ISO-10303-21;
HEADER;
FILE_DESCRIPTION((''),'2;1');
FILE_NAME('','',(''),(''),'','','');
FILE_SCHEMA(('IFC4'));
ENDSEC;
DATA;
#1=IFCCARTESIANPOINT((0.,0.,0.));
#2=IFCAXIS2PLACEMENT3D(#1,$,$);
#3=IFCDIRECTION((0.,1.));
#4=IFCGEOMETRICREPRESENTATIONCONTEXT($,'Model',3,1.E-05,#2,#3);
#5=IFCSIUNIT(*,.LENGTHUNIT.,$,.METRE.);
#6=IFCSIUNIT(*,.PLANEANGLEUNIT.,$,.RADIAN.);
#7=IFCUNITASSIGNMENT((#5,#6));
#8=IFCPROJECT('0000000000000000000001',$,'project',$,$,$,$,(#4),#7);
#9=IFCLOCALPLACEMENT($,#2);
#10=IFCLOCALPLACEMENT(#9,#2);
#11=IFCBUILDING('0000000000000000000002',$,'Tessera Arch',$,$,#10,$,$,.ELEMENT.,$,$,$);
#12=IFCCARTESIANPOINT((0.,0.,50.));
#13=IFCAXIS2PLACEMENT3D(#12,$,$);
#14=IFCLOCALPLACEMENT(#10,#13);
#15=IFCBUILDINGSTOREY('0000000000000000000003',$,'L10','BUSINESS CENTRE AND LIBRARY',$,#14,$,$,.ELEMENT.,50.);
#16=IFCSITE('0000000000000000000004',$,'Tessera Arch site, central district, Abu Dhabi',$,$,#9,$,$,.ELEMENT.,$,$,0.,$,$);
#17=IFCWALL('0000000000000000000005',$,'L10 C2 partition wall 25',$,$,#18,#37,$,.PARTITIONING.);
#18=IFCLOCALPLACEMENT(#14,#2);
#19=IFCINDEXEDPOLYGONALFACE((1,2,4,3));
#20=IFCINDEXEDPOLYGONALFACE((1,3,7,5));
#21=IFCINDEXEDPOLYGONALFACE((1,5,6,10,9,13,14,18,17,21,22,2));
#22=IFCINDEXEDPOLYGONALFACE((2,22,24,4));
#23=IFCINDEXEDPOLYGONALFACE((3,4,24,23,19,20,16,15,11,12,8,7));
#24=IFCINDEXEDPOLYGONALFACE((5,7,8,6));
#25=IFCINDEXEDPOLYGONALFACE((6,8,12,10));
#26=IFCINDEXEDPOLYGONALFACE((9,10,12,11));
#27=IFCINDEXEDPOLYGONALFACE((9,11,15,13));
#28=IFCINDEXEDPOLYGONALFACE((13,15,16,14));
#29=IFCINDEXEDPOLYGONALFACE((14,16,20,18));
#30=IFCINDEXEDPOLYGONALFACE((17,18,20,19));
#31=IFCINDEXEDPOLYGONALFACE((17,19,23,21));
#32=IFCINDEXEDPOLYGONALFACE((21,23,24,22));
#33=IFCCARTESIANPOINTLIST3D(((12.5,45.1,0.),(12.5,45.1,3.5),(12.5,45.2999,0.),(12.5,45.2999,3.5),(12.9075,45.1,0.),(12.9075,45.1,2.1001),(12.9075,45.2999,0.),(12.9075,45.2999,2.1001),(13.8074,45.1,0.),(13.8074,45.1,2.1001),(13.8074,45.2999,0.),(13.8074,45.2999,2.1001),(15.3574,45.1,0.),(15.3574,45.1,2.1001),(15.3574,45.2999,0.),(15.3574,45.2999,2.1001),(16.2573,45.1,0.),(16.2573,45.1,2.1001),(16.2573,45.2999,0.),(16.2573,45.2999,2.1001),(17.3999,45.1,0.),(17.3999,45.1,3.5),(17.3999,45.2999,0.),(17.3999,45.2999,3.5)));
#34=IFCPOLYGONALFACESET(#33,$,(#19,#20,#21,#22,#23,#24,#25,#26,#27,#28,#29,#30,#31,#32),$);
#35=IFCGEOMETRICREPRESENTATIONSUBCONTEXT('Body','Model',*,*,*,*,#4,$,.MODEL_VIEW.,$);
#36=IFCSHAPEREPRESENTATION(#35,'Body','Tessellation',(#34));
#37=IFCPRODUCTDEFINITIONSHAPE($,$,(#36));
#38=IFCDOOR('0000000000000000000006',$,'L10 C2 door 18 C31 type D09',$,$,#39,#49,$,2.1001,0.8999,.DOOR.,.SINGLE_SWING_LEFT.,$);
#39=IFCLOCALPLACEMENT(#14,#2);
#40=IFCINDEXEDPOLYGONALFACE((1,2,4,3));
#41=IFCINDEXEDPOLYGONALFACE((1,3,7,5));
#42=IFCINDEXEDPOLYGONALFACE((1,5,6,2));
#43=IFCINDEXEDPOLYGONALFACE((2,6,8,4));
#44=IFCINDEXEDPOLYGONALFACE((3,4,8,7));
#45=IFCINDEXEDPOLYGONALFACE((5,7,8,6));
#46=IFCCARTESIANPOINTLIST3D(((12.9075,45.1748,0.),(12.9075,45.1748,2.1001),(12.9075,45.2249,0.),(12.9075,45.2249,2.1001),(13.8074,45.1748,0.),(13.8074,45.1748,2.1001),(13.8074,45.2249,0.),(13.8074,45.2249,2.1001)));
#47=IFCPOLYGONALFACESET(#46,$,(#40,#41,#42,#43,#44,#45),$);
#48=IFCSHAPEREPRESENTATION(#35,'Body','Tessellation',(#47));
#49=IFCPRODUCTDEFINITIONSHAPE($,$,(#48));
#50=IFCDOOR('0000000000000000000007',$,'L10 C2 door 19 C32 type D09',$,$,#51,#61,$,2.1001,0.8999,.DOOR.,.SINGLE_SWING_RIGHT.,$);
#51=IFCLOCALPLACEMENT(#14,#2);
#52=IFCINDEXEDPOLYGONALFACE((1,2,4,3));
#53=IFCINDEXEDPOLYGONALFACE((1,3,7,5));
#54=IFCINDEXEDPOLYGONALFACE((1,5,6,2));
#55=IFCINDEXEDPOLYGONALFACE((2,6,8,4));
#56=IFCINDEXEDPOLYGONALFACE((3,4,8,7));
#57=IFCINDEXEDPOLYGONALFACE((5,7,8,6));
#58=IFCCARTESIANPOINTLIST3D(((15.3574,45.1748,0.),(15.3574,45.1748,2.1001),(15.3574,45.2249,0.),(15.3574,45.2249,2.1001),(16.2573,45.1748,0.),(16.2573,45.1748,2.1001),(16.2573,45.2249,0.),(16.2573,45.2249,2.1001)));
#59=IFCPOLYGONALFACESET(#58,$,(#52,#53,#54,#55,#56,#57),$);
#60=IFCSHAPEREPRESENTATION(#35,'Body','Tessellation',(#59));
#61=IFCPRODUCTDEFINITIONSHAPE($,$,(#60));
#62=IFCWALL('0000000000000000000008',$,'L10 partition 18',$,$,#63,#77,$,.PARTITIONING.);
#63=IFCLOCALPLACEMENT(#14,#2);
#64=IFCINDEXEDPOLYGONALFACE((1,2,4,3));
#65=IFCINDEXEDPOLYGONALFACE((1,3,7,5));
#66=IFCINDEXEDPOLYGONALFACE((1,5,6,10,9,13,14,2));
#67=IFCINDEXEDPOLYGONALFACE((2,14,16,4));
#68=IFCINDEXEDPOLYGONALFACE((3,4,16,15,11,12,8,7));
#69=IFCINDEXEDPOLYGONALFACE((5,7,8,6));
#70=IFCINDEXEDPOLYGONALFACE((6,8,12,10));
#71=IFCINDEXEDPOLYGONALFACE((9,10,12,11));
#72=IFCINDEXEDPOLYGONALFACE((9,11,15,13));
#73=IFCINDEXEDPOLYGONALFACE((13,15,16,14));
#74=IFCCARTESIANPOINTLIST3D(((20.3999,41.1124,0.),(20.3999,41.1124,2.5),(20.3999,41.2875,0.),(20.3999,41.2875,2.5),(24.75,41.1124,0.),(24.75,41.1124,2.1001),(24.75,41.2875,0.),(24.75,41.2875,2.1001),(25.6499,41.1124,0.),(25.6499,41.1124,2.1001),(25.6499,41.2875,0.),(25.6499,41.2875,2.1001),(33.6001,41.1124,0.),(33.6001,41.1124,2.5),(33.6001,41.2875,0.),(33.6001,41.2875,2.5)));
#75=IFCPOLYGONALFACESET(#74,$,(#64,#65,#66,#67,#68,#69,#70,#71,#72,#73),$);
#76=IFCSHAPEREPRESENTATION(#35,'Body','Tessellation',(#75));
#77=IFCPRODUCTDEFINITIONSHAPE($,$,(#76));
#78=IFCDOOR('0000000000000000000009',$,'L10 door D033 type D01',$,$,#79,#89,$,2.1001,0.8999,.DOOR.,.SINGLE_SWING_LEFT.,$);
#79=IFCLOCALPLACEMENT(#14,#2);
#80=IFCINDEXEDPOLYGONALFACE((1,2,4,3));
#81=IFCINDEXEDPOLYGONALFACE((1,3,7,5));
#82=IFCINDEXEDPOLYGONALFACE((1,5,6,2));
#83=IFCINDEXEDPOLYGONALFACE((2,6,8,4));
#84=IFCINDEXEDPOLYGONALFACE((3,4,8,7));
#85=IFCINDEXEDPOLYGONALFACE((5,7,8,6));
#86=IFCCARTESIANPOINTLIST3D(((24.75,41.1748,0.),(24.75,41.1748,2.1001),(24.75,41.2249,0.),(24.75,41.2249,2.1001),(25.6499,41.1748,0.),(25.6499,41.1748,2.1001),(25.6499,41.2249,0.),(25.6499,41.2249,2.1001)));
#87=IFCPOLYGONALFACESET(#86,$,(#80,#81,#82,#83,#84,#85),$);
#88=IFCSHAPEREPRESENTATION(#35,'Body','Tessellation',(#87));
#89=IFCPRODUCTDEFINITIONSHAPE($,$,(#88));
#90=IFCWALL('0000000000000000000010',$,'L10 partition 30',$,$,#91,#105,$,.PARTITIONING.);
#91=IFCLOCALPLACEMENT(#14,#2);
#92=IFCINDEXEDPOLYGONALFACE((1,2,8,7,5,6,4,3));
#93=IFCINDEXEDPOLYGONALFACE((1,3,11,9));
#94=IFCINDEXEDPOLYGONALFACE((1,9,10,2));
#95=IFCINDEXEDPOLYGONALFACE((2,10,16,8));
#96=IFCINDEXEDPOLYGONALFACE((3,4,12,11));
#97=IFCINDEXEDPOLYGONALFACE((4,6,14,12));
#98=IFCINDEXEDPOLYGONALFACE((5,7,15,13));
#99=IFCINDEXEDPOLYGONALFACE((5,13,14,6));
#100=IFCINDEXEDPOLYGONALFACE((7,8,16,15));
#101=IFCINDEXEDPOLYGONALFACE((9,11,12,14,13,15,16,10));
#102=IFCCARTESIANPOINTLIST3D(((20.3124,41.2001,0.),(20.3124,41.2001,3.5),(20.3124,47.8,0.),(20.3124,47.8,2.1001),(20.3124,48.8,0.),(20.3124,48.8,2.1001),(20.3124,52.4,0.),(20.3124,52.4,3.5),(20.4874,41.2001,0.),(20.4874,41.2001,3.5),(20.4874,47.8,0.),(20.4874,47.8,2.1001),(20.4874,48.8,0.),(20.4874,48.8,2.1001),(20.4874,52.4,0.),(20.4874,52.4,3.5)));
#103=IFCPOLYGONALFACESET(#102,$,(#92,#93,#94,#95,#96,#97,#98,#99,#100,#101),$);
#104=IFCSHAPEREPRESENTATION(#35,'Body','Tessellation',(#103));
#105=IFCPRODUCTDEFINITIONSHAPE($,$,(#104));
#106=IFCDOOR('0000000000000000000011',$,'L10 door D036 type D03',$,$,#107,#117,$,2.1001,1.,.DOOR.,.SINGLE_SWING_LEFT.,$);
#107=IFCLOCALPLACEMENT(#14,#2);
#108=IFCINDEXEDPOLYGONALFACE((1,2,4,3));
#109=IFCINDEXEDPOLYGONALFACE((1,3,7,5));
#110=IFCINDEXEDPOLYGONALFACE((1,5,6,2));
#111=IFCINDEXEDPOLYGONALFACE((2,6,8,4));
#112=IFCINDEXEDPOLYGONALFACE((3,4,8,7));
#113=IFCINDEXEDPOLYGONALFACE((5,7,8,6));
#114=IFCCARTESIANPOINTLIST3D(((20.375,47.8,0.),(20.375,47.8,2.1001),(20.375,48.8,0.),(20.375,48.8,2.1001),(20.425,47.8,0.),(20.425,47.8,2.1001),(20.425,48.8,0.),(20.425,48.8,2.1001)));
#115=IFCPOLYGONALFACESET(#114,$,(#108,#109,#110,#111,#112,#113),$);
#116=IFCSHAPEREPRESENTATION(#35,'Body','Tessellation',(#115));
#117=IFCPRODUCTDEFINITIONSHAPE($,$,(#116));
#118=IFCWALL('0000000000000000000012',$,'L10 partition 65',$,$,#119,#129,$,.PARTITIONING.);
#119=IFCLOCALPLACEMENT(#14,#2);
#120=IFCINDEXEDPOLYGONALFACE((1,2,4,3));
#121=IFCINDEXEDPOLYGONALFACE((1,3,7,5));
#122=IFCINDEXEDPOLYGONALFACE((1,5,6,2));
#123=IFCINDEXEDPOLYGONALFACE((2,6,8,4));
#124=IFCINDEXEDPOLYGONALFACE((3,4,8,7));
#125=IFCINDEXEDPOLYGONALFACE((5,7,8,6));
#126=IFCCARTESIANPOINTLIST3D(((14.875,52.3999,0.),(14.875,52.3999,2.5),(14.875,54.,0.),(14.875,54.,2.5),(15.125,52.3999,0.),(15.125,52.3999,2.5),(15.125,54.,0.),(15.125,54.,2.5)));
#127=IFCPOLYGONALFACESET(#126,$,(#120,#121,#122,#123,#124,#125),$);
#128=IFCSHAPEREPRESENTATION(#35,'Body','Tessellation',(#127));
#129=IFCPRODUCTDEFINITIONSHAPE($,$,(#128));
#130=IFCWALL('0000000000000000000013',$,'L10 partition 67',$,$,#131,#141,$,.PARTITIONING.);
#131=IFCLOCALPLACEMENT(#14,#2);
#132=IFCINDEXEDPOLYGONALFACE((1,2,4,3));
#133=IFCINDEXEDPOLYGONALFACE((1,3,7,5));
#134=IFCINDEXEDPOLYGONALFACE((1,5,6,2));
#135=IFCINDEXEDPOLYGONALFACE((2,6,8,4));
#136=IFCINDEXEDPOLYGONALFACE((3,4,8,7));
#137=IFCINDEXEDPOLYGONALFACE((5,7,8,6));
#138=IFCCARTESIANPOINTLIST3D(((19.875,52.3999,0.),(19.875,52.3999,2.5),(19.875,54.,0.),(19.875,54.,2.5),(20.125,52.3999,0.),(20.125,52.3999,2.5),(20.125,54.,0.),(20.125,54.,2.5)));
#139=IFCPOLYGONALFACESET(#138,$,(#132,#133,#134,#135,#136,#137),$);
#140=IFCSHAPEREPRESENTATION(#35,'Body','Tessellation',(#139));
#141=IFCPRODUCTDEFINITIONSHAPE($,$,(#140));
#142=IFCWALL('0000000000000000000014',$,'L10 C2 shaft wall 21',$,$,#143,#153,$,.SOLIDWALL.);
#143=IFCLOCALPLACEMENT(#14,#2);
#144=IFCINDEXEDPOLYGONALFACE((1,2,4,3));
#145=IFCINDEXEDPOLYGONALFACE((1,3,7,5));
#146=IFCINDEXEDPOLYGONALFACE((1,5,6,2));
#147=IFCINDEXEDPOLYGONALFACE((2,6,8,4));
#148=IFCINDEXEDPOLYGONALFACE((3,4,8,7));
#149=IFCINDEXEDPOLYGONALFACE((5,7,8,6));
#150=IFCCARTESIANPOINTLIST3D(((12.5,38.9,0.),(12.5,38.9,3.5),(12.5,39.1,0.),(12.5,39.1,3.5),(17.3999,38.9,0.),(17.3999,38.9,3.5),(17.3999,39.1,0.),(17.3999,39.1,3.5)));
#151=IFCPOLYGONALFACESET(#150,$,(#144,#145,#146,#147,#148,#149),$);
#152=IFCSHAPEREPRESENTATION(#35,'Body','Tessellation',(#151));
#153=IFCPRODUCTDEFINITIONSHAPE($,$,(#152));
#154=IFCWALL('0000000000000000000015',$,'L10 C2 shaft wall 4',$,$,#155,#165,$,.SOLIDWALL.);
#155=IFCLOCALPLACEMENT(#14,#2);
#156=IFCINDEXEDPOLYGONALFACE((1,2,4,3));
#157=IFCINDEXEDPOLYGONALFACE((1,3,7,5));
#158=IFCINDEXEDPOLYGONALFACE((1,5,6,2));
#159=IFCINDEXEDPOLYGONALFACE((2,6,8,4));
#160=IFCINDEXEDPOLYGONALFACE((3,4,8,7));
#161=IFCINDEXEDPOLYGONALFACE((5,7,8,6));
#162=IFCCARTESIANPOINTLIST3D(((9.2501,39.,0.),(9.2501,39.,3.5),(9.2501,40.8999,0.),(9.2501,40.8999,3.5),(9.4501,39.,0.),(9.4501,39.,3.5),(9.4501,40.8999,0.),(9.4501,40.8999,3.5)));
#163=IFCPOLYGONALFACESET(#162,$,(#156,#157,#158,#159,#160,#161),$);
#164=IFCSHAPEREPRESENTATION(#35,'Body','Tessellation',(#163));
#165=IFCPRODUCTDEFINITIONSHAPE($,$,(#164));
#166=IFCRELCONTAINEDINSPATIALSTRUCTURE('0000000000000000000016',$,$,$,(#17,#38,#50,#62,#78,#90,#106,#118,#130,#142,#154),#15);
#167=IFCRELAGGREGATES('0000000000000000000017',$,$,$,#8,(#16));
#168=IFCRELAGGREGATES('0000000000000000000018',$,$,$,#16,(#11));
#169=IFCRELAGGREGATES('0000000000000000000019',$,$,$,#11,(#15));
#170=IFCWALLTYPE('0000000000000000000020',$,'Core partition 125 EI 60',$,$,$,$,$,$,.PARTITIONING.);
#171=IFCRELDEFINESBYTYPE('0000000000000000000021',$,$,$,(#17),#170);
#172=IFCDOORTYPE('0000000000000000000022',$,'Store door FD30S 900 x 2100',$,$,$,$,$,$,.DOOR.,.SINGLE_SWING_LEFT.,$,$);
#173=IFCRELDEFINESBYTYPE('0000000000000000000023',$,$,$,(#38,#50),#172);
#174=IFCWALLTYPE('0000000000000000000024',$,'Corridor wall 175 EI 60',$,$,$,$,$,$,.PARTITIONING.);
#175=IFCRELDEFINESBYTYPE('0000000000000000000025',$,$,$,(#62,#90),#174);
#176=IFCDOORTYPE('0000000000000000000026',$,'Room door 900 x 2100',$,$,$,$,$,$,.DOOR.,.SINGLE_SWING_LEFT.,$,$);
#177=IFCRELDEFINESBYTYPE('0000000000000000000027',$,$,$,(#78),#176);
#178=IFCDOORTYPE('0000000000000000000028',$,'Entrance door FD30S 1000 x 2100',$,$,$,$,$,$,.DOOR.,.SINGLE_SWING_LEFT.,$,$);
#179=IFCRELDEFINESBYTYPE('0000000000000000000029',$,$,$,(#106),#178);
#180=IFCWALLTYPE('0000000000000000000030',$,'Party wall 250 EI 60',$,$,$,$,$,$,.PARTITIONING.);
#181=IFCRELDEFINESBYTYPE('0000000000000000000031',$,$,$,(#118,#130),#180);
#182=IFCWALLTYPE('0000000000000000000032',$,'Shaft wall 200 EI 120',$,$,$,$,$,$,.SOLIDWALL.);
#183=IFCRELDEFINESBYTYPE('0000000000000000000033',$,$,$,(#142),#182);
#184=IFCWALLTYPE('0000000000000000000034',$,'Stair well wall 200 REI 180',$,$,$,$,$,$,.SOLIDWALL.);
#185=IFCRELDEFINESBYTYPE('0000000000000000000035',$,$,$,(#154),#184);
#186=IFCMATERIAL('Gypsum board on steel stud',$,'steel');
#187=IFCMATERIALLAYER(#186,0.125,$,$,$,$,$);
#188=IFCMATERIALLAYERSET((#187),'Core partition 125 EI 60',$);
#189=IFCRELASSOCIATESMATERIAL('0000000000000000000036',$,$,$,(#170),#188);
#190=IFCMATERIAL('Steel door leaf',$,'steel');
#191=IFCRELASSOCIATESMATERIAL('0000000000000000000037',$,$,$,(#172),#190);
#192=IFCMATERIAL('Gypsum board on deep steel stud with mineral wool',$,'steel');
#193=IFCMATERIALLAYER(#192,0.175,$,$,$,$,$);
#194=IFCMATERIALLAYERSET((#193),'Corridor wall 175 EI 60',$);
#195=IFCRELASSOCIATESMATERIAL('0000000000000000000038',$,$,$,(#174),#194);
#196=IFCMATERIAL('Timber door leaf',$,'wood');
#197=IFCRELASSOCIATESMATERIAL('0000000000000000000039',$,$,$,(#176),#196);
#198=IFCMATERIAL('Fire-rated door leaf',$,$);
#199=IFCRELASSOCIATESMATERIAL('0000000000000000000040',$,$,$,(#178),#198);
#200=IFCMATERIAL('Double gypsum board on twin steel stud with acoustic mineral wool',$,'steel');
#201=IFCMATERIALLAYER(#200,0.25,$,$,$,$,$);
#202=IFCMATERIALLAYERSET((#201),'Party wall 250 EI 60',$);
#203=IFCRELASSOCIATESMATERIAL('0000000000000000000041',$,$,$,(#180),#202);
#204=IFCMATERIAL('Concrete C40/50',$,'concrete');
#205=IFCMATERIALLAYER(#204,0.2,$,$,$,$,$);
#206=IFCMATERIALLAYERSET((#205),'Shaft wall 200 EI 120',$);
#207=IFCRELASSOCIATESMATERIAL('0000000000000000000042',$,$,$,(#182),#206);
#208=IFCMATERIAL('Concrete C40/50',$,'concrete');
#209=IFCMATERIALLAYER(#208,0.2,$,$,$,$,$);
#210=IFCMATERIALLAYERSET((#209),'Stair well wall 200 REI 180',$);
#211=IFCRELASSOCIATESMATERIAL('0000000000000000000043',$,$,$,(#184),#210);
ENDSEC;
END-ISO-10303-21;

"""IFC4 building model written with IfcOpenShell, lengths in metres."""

from ifc_helpers import new_model, si_unit, direction, frame, frame_2d, origin, place, context, subcontext, project, spatial, rectangle, extrude, material, layer, layer_set, type_object, element, fill, save


model = new_model("IFC4")

# Units and contexts
model_context = context("Model", 3, precision=1e-05, world=origin(), true_north=direction((0.0, 1.0)))
body_context = subcontext(model_context, "Body", "Model", "MODEL_VIEW")
ifc_project = project(units=[si_unit("LENGTHUNIT", "METRE"), si_unit("PLANEANGLEUNIT", "RADIAN")], contexts=[model_context])

# Site, building, storey
site_placement = place(None, origin())
site = spatial("IfcSite", under=ifc_project, at=site_placement, Name="Tessera Arch site, central district, Abu Dhabi", CompositionType="ELEMENT", RefElevation=0.0)
building_placement = place(site_placement, origin())
building = spatial("IfcBuilding", under=site, at=building_placement, Name="Tessera Arch", CompositionType="ELEMENT")
storey_placement = place(building_placement, frame((0.0, 0.0, 50.0)))
storey = spatial("IfcBuildingStorey", under=building, at=storey_placement, Name="L10", Description="BUSINESS CENTRE AND LIBRARY", CompositionType="ELEMENT", Elevation=50.0)

# Shared definitions
ifc_material_1 = material(Name="Gypsum board on steel stud", Category="steel")
ifc_layer_1 = layer(ifc_material_1, 0.125)
ifc_layer_set_1 = layer_set([ifc_layer_1], Name="Core partition 125 EI 60")
wall_type_1 = type_object("IfcWallType", Name="Core partition 125 EI 60", PredefinedType="PARTITIONING", material=ifc_layer_set_1)

# Wall, openings, doors
wall_1_placement = place(storey_placement, frame((12.5, 45.2, 0.0), z_axis=(0.0, 0.0, 1.0), x_axis=(1.0, 0.0, 0.0)))
wall_1 = element("IfcWall", 1, at=wall_1_placement, inside=storey, type_object=wall_type_1, Name="L10 C2 partition wall 25", PredefinedType="PARTITIONING", context=body_context, shape_type="SweptSolid", body=[
    extrude(rectangle(XDim=4.8999, YDim=0.2, at=frame_2d((2.45, 0.0))), origin(), (0.0, 0.0, 1.0), 3.5),
])
opening_1_placement = place(wall_1_placement, frame((0.4075, 0.0, 0.0)))
opening_1 = element("IfcOpeningElement", 2, at=opening_1_placement, cuts=wall_1, PredefinedType="OPENING", context=body_context, shape_type="SweptSolid", body=[
    extrude(rectangle(XDim=0.8999, YDim=2.1001, at=frame_2d((0.45, 1.05))), frame((0.0, 0.1099, 0.0), z_axis=(0.0, -1.0, 0.0), x_axis=(1.0, 0.0, 0.0)), (0.0, 0.0, 1.0), 0.22),
])
opening_2_placement = place(wall_1_placement, frame((2.8574, 0.0, 0.0)))
opening_2 = element("IfcOpeningElement", 3, at=opening_2_placement, cuts=wall_1, PredefinedType="OPENING", context=body_context, shape_type="SweptSolid", body=[
    extrude(rectangle(XDim=0.8999, YDim=2.1001, at=frame_2d((0.45, 1.05))), frame((0.0, 0.1099, 0.0), z_axis=(0.0, -1.0, 0.0), x_axis=(1.0, 0.0, 0.0)), (0.0, 0.0, 1.0), 0.22),
])
ifc_material_2 = material(Name="Steel door leaf", Category="steel")
door_type_1 = type_object("IfcDoorType", Name="Store door FD30S 900 x 2100", OperationType="SINGLE_SWING_LEFT", PredefinedType="DOOR", material=ifc_material_2)
door_1_placement = place(opening_1_placement, origin())
door_1 = element("IfcDoor", 4, at=door_1_placement, inside=storey, type_object=door_type_1, Name="L10 C2 door 18 C31 type D09", OperationType="SINGLE_SWING_LEFT", OverallHeight=2.1001, OverallWidth=0.8999, PredefinedType="DOOR", context=body_context, shape_type="SweptSolid", body=[
    extrude(rectangle(XDim=0.8999, YDim=2.1001, at=frame_2d((0.45, 1.05))), frame((0.0, 0.0249, 0.0), z_axis=(0.0, -1.0, 0.0), x_axis=(1.0, 0.0, 0.0)), (0.0, 0.0, 1.0), 0.05),
])
fill(opening_1, door_1)
door_2_placement = place(opening_2_placement, origin())
door_2 = element("IfcDoor", 5, at=door_2_placement, inside=storey, type_object=door_type_1, Name="L10 C2 door 19 C32 type D09", OperationType="SINGLE_SWING_RIGHT", OverallHeight=2.1001, OverallWidth=0.8999, PredefinedType="DOOR", context=body_context, shape_type="SweptSolid", body=[
    extrude(rectangle(XDim=0.8999, YDim=2.1001, at=frame_2d((0.45, 1.05))), frame((0.0, 0.0249, 0.0), z_axis=(0.0, -1.0, 0.0), x_axis=(1.0, 0.0, 0.0)), (0.0, 0.0, 1.0), 0.05),
])
fill(opening_2, door_2)

# Walls, openings, doors
ifc_material_3 = material(Name="Gypsum board on deep steel stud with mineral wool", Category="steel")
ifc_layer_2 = layer(ifc_material_3, 0.175)
ifc_layer_set_2 = layer_set([ifc_layer_2], Name="Corridor wall 175 EI 60")
wall_type_2 = type_object("IfcWallType", Name="Corridor wall 175 EI 60", PredefinedType="PARTITIONING", material=ifc_layer_set_2)
wall_2_placement = place(storey_placement, frame((20.3999, 41.2, 0.0), z_axis=(0.0, 0.0, 1.0), x_axis=(1.0, 0.0, 0.0)))
wall_2 = element("IfcWall", 6, at=wall_2_placement, inside=storey, type_object=wall_type_2, Name="L10 partition 18", PredefinedType="PARTITIONING", context=body_context, shape_type="SweptSolid", body=[
    extrude(rectangle(XDim=13.2002, YDim=0.175, at=frame_2d((6.6001, 0.0))), origin(), (0.0, 0.0, 1.0), 2.5),
])
opening_3_placement = place(wall_2_placement, frame((4.3501, 0.0, 0.0)))
opening_3 = element("IfcOpeningElement", 7, at=opening_3_placement, cuts=wall_2, PredefinedType="OPENING", context=body_context, shape_type="SweptSolid", body=[
    extrude(rectangle(XDim=0.8999, YDim=2.1001, at=frame_2d((0.45, 1.05))), frame((0.0, 0.0974, 0.0), z_axis=(0.0, -1.0, 0.0), x_axis=(1.0, 0.0, 0.0)), (0.0, 0.0, 1.0), 0.1951),
])
ifc_material_4 = material(Name="Timber door leaf", Category="wood")
door_type_2 = type_object("IfcDoorType", Name="Room door 900 x 2100", OperationType="SINGLE_SWING_LEFT", PredefinedType="DOOR", material=ifc_material_4)
door_3_placement = place(opening_3_placement, origin())
door_3 = element("IfcDoor", 8, at=door_3_placement, inside=storey, type_object=door_type_2, Name="L10 door D033 type D01", OperationType="SINGLE_SWING_LEFT", OverallHeight=2.1001, OverallWidth=0.8999, PredefinedType="DOOR", context=body_context, shape_type="SweptSolid", body=[
    extrude(rectangle(XDim=0.8999, YDim=2.1001, at=frame_2d((0.45, 1.05))), frame((0.0, 0.0249, 0.0), z_axis=(0.0, -1.0, 0.0), x_axis=(1.0, 0.0, 0.0)), (0.0, 0.0, 1.0), 0.05),
])
fill(opening_3, door_3)
wall_3_placement = place(storey_placement, frame((20.3999, 41.2, 0.0), z_axis=(0.0, 0.0, 1.0), x_axis=(0.0, 1.0, 0.0)))
wall_3 = element("IfcWall", 9, at=wall_3_placement, inside=storey, type_object=wall_type_2, Name="L10 partition 30", PredefinedType="PARTITIONING", context=body_context, shape_type="SweptSolid", body=[
    extrude(rectangle(XDim=11.2, YDim=0.175, at=frame_2d((5.6001, 0.0))), origin(), (0.0, 0.0, 1.0), 3.5),
])
opening_4_placement = place(wall_3_placement, frame((6.6001, 0.0, 0.0)))
opening_4 = element("IfcOpeningElement", 10, at=opening_4_placement, cuts=wall_3, PredefinedType="OPENING", context=body_context, shape_type="SweptSolid", body=[
    extrude(rectangle(XDim=1.0, YDim=2.1001, at=frame_2d((0.5, 1.05))), frame((0.0, 0.0974, 0.0), z_axis=(0.0, -1.0, 0.0), x_axis=(1.0, 0.0, 0.0)), (0.0, 0.0, 1.0), 0.1951),
])
ifc_material_5 = material(Name="Fire-rated door leaf")
door_type_3 = type_object("IfcDoorType", Name="Entrance door FD30S 1000 x 2100", OperationType="SINGLE_SWING_LEFT", PredefinedType="DOOR", material=ifc_material_5)
door_4_placement = place(opening_4_placement, origin())
door_4 = element("IfcDoor", 11, at=door_4_placement, inside=storey, type_object=door_type_3, Name="L10 door D036 type D03", OperationType="SINGLE_SWING_LEFT", OverallHeight=2.1001, OverallWidth=1.0, PredefinedType="DOOR", context=body_context, shape_type="SweptSolid", body=[
    extrude(rectangle(XDim=1.0, YDim=2.1001, at=frame_2d((0.5, 1.05))), frame((0.0, 0.0249, 0.0), z_axis=(0.0, -1.0, 0.0), x_axis=(1.0, 0.0, 0.0)), (0.0, 0.0, 1.0), 0.05),
])
fill(opening_4, door_4)

# Walls
ifc_material_6 = material(Name="Double gypsum board on twin steel stud with acoustic mineral wool", Category="steel")
ifc_layer_3 = layer(ifc_material_6, 0.25)
ifc_layer_set_3 = layer_set([ifc_layer_3], Name="Party wall 250 EI 60")
wall_type_3 = type_object("IfcWallType", Name="Party wall 250 EI 60", PredefinedType="PARTITIONING", material=ifc_layer_set_3)
for number, where, z_axis, x_axis, name in (
    (12, (15.0, 52.3999, 0.0), (0.0, 0.0, 1.0), (0.0, 1.0, 0.0), "L10 partition 65"),
    (13, (20.0, 52.3999, 0.0), (0.0, 0.0, 1.0), (0.0, 1.0, 0.0), "L10 partition 67"),
):
    element("IfcWall", number, at=place(storey_placement, frame(where, z_axis=z_axis, x_axis=x_axis)), inside=storey, type_object=wall_type_3, Name=name, PredefinedType="PARTITIONING", context=body_context, shape_type="SweptSolid", body=[
        extrude(rectangle(XDim=1.6001, YDim=0.25, at=frame_2d((0.8, 0.0))), origin(), (0.0, 0.0, 1.0), 2.5),
    ])
ifc_material_7 = material(Name="Concrete C40/50", Category="concrete")
ifc_layer_4 = layer(ifc_material_7, 0.2)
ifc_layer_set_4 = layer_set([ifc_layer_4], Name="Shaft wall 200 EI 120")
wall_type_4 = type_object("IfcWallType", Name="Shaft wall 200 EI 120", PredefinedType="SOLIDWALL", material=ifc_layer_set_4)
wall_4_placement = place(storey_placement, frame((12.5, 39.0, 0.0), z_axis=(0.0, 0.0, 1.0), x_axis=(1.0, 0.0, 0.0)))
element("IfcWall", 14, at=wall_4_placement, inside=storey, type_object=wall_type_4, Name="L10 C2 shaft wall 21", PredefinedType="SOLIDWALL", context=body_context, shape_type="SweptSolid", body=[
    extrude(rectangle(XDim=4.8999, YDim=0.2, at=frame_2d((2.45, 0.0))), origin(), (0.0, 0.0, 1.0), 3.5),
])
ifc_material_8 = material(Name="Concrete C40/50", Category="concrete")
ifc_layer_5 = layer(ifc_material_8, 0.2)
ifc_layer_set_5 = layer_set([ifc_layer_5], Name="Stair well wall 200 REI 180")
wall_type_5 = type_object("IfcWallType", Name="Stair well wall 200 REI 180", PredefinedType="SOLIDWALL", material=ifc_layer_set_5)
wall_5_placement = place(storey_placement, frame((9.3501, 39.0, 0.0), z_axis=(0.0, 0.0, 1.0), x_axis=(0.0, 1.0, 0.0)))
element("IfcWall", 15, at=wall_5_placement, inside=storey, type_object=wall_type_5, Name="L10 C2 shaft wall 4", PredefinedType="SOLIDWALL", context=body_context, shape_type="SweptSolid", body=[
    extrude(rectangle(XDim=1.8999, YDim=0.2, at=frame_2d((0.95, 0.0))), origin(), (0.0, 0.0, 1.0), 3.5),
])

save(model, "model.ifc")
